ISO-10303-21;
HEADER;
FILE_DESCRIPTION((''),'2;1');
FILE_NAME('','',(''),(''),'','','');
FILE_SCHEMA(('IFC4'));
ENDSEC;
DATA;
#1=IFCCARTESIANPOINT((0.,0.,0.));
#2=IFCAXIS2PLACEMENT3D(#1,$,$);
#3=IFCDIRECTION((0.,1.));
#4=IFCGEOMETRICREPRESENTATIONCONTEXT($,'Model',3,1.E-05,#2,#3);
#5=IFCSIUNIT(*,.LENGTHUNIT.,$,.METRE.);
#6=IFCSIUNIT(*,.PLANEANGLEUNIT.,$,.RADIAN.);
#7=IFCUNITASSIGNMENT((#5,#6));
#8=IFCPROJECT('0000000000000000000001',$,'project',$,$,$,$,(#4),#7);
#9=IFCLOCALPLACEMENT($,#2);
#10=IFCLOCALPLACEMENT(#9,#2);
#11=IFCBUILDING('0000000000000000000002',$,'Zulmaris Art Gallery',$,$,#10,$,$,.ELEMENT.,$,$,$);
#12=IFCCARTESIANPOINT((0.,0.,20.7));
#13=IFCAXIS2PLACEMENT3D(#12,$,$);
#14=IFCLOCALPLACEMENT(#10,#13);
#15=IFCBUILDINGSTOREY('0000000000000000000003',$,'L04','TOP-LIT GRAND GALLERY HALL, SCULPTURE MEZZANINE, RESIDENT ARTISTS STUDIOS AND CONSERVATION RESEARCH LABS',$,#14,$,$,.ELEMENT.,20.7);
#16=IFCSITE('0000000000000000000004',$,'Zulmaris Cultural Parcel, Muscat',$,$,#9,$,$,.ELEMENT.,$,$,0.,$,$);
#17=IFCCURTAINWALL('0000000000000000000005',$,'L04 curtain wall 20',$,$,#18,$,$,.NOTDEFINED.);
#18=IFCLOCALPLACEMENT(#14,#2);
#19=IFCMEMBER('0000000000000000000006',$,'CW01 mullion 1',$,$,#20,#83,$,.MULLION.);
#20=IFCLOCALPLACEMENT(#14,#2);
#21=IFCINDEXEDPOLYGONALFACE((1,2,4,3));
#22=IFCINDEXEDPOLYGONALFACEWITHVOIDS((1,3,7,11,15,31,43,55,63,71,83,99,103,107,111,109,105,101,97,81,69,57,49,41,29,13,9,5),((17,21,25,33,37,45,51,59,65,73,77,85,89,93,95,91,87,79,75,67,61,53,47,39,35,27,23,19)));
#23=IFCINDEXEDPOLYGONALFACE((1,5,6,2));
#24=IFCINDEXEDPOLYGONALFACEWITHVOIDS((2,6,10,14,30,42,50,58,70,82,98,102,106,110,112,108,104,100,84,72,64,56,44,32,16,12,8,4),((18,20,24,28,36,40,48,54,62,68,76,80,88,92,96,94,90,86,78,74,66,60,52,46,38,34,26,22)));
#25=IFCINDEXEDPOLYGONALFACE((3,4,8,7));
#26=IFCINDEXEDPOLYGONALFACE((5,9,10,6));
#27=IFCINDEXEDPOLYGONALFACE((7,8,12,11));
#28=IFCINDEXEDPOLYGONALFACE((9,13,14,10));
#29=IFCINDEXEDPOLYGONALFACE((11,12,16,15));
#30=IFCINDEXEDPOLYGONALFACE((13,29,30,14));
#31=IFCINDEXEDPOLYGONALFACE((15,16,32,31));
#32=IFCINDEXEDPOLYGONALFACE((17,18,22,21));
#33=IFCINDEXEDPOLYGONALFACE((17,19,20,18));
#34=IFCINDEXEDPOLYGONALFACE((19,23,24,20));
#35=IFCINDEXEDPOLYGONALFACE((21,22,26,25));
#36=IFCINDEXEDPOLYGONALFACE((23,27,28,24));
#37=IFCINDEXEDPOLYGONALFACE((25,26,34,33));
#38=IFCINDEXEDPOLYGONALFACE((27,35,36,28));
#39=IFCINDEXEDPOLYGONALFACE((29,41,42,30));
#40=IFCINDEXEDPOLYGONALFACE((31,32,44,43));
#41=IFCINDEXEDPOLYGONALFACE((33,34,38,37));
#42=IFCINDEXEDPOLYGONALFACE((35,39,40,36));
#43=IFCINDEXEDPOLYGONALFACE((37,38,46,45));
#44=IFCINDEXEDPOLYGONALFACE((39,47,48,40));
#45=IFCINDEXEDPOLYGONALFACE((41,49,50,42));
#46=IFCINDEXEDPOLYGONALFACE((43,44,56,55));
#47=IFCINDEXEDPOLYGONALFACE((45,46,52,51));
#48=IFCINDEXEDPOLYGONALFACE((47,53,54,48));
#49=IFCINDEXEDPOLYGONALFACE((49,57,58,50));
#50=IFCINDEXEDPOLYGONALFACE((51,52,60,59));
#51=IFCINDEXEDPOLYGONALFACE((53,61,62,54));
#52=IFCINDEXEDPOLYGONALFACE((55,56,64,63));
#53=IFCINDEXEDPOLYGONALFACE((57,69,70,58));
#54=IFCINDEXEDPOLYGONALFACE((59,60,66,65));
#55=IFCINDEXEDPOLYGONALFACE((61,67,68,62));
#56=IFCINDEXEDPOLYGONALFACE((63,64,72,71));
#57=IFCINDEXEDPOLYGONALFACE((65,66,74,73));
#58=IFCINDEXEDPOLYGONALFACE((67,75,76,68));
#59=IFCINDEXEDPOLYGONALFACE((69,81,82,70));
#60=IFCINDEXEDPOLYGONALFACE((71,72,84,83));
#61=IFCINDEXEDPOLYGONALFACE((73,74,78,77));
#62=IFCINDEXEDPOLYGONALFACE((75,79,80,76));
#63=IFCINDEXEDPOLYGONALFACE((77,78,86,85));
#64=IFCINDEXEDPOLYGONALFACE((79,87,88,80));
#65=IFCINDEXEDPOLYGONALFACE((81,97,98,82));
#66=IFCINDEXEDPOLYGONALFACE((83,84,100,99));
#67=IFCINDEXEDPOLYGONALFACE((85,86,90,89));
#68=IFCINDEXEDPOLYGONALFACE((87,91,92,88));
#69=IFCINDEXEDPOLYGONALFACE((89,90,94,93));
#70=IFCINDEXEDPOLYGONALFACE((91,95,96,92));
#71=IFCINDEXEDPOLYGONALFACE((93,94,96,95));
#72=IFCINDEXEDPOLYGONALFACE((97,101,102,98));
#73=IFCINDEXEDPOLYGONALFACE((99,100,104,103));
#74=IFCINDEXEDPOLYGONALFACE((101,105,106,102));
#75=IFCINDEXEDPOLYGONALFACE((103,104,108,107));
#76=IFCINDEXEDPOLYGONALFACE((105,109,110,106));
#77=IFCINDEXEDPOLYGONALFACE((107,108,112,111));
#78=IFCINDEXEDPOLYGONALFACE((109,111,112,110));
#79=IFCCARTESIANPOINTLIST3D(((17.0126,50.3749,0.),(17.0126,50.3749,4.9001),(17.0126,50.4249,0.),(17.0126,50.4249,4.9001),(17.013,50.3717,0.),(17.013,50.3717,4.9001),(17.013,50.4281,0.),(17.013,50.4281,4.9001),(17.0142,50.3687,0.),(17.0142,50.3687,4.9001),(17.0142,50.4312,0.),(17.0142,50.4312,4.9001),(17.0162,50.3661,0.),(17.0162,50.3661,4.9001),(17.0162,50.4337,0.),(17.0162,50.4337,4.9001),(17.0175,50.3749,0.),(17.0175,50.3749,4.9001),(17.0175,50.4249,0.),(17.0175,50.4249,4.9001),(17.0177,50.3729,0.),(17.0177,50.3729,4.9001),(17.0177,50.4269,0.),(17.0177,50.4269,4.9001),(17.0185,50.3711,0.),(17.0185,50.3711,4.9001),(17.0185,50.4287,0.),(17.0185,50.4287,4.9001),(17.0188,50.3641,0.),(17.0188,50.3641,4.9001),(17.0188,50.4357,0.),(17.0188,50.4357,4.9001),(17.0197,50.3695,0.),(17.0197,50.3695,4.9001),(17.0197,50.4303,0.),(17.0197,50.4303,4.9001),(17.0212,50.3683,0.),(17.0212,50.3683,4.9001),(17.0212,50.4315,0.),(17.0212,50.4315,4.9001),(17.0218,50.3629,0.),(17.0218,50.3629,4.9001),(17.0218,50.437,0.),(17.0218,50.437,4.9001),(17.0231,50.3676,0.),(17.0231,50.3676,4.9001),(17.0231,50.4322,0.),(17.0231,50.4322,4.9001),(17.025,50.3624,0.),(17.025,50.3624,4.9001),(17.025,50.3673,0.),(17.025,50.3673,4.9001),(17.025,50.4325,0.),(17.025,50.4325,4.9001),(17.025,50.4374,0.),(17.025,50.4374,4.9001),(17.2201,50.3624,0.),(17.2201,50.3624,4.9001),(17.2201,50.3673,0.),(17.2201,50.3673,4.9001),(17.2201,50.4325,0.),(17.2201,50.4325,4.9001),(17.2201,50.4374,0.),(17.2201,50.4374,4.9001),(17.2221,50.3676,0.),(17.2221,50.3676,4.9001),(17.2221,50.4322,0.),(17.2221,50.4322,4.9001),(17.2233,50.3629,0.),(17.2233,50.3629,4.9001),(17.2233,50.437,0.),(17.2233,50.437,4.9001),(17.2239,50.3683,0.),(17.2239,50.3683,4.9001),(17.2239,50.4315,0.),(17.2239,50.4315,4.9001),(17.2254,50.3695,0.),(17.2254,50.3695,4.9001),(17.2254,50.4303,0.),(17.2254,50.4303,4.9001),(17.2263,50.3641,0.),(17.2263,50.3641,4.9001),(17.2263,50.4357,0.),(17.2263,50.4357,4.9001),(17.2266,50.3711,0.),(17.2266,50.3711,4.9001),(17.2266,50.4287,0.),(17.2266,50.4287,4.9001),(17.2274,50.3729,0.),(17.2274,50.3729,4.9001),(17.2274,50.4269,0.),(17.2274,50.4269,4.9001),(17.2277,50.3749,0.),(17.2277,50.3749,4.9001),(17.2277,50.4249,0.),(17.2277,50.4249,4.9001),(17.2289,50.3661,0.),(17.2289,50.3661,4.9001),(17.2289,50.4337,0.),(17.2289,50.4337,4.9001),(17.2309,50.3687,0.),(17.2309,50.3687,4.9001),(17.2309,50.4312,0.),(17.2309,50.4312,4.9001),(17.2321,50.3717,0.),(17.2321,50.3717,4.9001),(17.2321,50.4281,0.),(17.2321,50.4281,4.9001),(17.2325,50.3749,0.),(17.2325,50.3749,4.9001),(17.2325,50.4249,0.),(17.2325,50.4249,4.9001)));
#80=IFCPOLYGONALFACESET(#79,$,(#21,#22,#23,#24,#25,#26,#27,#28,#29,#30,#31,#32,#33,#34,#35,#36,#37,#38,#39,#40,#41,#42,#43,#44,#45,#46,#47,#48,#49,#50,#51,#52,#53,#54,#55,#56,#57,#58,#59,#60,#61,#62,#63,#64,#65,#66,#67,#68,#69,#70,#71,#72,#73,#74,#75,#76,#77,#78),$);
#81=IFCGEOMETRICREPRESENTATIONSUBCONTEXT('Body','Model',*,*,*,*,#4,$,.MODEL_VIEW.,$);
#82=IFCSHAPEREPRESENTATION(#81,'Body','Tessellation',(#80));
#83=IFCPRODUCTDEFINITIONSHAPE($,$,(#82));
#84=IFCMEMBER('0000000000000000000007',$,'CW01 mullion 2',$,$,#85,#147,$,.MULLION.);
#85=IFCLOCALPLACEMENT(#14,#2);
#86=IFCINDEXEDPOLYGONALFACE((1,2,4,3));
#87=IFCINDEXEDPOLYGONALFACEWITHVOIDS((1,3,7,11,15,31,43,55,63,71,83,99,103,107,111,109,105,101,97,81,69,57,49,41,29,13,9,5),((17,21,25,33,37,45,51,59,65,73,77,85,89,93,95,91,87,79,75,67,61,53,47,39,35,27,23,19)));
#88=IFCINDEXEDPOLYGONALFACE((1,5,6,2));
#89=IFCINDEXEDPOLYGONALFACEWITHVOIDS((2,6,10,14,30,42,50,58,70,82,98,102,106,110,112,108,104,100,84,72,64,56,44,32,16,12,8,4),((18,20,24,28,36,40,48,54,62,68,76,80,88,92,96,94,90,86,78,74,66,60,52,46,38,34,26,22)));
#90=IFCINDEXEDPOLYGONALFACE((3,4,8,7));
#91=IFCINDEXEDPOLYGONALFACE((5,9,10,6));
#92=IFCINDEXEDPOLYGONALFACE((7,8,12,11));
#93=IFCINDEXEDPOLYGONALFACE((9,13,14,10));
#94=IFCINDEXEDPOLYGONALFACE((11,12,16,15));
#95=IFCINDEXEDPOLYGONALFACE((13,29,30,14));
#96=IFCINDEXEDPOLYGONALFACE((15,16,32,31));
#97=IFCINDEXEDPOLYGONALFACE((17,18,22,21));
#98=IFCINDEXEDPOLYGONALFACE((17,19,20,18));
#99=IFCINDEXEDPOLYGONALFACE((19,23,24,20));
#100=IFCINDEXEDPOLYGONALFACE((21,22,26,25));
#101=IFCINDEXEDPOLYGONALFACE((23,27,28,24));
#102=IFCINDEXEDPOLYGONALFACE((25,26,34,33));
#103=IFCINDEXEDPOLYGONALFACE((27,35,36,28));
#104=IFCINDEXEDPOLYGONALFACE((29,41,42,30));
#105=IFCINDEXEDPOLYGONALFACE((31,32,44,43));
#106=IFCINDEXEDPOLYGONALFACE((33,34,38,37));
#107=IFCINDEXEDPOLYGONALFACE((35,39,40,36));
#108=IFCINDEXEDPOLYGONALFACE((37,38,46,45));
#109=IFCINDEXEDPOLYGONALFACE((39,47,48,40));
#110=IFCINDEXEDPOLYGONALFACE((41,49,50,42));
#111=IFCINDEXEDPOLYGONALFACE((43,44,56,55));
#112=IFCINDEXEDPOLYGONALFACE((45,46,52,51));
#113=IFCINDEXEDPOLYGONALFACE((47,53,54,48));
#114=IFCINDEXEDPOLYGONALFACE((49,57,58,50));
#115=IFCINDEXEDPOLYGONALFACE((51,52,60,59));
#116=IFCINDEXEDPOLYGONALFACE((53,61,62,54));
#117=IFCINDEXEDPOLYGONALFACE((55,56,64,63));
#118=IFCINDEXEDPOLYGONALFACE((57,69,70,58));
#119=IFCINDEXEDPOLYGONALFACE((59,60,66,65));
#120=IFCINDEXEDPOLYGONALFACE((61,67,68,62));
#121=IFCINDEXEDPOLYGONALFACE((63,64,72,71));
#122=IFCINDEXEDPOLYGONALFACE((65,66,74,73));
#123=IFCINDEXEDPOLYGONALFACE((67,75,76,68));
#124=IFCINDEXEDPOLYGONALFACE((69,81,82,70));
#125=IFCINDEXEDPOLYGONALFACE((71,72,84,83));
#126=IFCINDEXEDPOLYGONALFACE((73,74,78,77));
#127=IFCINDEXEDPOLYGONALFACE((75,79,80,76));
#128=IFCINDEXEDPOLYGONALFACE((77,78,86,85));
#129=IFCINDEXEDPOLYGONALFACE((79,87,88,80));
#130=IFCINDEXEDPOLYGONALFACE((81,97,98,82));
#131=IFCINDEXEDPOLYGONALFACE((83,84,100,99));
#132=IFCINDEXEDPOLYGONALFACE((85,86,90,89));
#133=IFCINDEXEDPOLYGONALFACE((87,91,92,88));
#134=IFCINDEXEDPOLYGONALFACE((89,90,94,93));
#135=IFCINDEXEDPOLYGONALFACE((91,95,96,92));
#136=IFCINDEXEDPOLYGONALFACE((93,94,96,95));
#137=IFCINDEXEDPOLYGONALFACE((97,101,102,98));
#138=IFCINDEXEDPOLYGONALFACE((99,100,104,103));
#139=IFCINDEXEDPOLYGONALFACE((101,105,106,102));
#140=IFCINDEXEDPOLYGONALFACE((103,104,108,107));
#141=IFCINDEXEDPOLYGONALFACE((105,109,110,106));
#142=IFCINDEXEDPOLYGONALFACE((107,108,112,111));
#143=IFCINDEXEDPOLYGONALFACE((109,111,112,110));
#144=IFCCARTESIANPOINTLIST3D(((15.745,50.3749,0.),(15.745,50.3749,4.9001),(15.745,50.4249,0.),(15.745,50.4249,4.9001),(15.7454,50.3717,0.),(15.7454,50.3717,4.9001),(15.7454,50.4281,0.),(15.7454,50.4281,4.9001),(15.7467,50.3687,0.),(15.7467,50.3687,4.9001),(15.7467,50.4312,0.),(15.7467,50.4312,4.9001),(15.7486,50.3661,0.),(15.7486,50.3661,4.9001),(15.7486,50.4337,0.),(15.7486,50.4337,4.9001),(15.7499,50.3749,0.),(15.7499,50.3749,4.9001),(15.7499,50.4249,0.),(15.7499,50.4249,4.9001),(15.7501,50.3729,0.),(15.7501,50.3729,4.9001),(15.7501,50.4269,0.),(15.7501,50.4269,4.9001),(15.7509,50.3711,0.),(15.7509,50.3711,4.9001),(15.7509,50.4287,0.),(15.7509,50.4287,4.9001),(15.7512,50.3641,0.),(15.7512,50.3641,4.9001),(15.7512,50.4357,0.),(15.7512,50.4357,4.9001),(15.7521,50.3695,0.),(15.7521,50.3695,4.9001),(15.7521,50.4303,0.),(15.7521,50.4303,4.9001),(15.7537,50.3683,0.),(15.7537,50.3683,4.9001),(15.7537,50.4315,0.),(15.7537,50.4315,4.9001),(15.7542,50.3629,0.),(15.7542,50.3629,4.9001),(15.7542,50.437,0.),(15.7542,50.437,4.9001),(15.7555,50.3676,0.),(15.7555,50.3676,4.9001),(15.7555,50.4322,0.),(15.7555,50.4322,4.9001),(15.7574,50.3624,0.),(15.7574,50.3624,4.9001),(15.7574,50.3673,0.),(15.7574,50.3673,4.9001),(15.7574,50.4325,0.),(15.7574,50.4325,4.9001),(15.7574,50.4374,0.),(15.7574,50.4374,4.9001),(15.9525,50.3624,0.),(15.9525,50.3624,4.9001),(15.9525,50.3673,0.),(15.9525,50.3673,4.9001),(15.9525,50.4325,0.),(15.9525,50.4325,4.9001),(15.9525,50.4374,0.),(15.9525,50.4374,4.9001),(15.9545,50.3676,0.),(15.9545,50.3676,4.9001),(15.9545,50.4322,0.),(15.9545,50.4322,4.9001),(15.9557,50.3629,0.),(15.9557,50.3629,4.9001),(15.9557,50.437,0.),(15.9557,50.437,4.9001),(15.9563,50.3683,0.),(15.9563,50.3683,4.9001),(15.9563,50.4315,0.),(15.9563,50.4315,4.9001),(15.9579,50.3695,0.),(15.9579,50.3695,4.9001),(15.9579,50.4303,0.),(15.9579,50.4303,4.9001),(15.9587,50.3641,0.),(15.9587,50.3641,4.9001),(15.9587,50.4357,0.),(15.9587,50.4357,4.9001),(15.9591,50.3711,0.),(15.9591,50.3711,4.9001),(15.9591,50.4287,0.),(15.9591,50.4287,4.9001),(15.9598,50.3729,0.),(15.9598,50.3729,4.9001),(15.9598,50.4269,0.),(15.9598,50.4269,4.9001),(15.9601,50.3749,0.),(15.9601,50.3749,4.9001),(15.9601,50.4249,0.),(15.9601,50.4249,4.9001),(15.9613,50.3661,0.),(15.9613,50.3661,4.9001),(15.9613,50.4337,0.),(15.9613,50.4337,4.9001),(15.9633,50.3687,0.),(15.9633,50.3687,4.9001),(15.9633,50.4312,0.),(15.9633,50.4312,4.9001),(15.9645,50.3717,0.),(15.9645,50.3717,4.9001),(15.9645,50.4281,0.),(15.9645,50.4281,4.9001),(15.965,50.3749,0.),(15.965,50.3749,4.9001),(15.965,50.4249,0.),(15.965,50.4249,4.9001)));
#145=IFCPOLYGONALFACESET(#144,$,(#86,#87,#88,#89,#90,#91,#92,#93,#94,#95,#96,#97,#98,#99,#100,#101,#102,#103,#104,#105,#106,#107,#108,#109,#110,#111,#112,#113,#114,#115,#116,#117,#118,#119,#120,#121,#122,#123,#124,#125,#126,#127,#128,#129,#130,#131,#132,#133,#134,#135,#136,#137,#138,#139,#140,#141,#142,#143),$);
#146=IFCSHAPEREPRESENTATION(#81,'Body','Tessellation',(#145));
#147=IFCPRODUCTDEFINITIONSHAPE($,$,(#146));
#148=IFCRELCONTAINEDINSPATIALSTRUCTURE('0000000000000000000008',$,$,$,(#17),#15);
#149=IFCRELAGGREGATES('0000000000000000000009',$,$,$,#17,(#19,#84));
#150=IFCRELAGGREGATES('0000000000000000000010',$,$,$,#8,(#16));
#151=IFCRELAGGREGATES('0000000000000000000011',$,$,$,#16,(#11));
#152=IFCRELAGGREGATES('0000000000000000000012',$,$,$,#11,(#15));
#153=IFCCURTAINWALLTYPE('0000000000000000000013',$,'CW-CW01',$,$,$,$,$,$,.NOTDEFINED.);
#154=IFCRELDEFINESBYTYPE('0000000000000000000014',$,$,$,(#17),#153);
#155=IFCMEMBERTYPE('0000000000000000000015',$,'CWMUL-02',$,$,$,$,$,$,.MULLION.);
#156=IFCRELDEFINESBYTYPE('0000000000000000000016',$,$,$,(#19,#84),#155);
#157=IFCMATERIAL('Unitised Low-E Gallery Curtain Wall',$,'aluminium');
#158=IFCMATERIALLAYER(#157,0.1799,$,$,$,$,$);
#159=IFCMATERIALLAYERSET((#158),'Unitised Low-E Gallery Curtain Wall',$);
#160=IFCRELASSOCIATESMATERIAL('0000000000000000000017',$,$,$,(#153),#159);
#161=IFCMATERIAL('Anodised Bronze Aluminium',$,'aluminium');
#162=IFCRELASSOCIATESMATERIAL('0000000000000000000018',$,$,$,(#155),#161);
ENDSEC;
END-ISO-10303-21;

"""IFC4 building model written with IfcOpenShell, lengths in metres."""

from ifc_helpers import new_model, si_unit, direction, frame, origin, origin_2d, place, context, subcontext, project, spatial, hollow_rectangle, extrude, material, layer, layer_set, material_profile, profile_set, type_object, element, aggregate, save


model = new_model("IFC4")

# Units and contexts
model_context = context("Model", 3, precision=1e-05, world=origin(), true_north=direction((0.0, 1.0)))
body_context = subcontext(model_context, "Body", "Model", "MODEL_VIEW")
ifc_project = project(units=[si_unit("LENGTHUNIT", "METRE"), si_unit("PLANEANGLEUNIT", "RADIAN")], contexts=[model_context])

# Site, building, storey
site_placement = place(None, origin())
site = spatial("IfcSite", under=ifc_project, at=site_placement, Name="Zulmaris Cultural Parcel, Muscat", CompositionType="ELEMENT", RefElevation=0.0)
building_placement = place(site_placement, origin())
building = spatial("IfcBuilding", under=site, at=building_placement, Name="Zulmaris Art Gallery", CompositionType="ELEMENT")
storey_placement = place(building_placement, frame((0.0, 0.0, 20.7)))
storey = spatial("IfcBuildingStorey", under=building, at=storey_placement, Name="L04", Description="TOP-LIT GRAND GALLERY HALL, SCULPTURE MEZZANINE, RESIDENT ARTISTS STUDIOS AND CONSERVATION RESEARCH LABS", CompositionType="ELEMENT", Elevation=20.7)

# Curtain wall, members
ifc_material_1 = material(Name="Unitised Low-E Gallery Curtain Wall", Category="aluminium")
ifc_layer_1 = layer(ifc_material_1, 0.1799)
ifc_layer_set_1 = layer_set([ifc_layer_1], Name="Unitised Low-E Gallery Curtain Wall")
curtain_wall_type = type_object("IfcCurtainWallType", Name="CW-CW01", PredefinedType="NOTDEFINED", material=ifc_layer_set_1)
curtain_wall_1_placement = place(storey_placement, origin())
curtain_wall_1 = element("IfcCurtainWall", 1, at=curtain_wall_1_placement, inside=storey, type_object=curtain_wall_type, Name="L04 curtain wall 20", PredefinedType="NOTDEFINED")
ifc_material_2 = material(Name="Anodised Bronze Aluminium", Category="aluminium")
ifc_material_profile_1 = material_profile(ifc_material_2, hollow_rectangle(XDim=0.075, YDim=0.22, WallThickness=0.0049, InnerFilletRadius=0.0076, OuterFilletRadius=0.0125, at=origin_2d()), Name="ALU 75x220x5")
ifc_profile_set_1 = profile_set([ifc_material_profile_1], Name="Anodised Bronze Aluminium")
member_type_1 = type_object("IfcMemberType", Name="CWMUL-02", PredefinedType="MULLION", material=ifc_profile_set_1)
member_1_placement = place(storey_placement, frame((17.1226, 50.3999, 0.0), z_axis=(0.0, 0.0, 1.0), x_axis=(0.0, -1.0, 0.0)))
member_1 = element("IfcMember", 2, at=member_1_placement, type_object=member_type_1, Name="CW01 mullion 1", PredefinedType="MULLION", context=body_context, shape_type="SweptSolid", body=[
    extrude(hollow_rectangle(XDim=0.075, YDim=0.22, WallThickness=0.0049, InnerFilletRadius=0.0076, OuterFilletRadius=0.0125, at=origin_2d()), origin(), (0.0, 0.0, 1.0), 4.9001),
])
member_2_placement = place(storey_placement, frame((15.855, 50.3999, 0.0), z_axis=(0.0, 0.0, 1.0), x_axis=(0.0, -1.0, 0.0)))
member_2 = element("IfcMember", 3, at=member_2_placement, type_object=member_type_1, Name="CW01 mullion 2", PredefinedType="MULLION", context=body_context, shape_type="SweptSolid", body=[
    extrude(hollow_rectangle(XDim=0.075, YDim=0.22, WallThickness=0.0049, InnerFilletRadius=0.0076, OuterFilletRadius=0.0125, at=origin_2d()), origin(), (0.0, 0.0, 1.0), 4.9001),
])

aggregate(curtain_wall_1, [member_1, member_2])

save(model, "model.ifc")
